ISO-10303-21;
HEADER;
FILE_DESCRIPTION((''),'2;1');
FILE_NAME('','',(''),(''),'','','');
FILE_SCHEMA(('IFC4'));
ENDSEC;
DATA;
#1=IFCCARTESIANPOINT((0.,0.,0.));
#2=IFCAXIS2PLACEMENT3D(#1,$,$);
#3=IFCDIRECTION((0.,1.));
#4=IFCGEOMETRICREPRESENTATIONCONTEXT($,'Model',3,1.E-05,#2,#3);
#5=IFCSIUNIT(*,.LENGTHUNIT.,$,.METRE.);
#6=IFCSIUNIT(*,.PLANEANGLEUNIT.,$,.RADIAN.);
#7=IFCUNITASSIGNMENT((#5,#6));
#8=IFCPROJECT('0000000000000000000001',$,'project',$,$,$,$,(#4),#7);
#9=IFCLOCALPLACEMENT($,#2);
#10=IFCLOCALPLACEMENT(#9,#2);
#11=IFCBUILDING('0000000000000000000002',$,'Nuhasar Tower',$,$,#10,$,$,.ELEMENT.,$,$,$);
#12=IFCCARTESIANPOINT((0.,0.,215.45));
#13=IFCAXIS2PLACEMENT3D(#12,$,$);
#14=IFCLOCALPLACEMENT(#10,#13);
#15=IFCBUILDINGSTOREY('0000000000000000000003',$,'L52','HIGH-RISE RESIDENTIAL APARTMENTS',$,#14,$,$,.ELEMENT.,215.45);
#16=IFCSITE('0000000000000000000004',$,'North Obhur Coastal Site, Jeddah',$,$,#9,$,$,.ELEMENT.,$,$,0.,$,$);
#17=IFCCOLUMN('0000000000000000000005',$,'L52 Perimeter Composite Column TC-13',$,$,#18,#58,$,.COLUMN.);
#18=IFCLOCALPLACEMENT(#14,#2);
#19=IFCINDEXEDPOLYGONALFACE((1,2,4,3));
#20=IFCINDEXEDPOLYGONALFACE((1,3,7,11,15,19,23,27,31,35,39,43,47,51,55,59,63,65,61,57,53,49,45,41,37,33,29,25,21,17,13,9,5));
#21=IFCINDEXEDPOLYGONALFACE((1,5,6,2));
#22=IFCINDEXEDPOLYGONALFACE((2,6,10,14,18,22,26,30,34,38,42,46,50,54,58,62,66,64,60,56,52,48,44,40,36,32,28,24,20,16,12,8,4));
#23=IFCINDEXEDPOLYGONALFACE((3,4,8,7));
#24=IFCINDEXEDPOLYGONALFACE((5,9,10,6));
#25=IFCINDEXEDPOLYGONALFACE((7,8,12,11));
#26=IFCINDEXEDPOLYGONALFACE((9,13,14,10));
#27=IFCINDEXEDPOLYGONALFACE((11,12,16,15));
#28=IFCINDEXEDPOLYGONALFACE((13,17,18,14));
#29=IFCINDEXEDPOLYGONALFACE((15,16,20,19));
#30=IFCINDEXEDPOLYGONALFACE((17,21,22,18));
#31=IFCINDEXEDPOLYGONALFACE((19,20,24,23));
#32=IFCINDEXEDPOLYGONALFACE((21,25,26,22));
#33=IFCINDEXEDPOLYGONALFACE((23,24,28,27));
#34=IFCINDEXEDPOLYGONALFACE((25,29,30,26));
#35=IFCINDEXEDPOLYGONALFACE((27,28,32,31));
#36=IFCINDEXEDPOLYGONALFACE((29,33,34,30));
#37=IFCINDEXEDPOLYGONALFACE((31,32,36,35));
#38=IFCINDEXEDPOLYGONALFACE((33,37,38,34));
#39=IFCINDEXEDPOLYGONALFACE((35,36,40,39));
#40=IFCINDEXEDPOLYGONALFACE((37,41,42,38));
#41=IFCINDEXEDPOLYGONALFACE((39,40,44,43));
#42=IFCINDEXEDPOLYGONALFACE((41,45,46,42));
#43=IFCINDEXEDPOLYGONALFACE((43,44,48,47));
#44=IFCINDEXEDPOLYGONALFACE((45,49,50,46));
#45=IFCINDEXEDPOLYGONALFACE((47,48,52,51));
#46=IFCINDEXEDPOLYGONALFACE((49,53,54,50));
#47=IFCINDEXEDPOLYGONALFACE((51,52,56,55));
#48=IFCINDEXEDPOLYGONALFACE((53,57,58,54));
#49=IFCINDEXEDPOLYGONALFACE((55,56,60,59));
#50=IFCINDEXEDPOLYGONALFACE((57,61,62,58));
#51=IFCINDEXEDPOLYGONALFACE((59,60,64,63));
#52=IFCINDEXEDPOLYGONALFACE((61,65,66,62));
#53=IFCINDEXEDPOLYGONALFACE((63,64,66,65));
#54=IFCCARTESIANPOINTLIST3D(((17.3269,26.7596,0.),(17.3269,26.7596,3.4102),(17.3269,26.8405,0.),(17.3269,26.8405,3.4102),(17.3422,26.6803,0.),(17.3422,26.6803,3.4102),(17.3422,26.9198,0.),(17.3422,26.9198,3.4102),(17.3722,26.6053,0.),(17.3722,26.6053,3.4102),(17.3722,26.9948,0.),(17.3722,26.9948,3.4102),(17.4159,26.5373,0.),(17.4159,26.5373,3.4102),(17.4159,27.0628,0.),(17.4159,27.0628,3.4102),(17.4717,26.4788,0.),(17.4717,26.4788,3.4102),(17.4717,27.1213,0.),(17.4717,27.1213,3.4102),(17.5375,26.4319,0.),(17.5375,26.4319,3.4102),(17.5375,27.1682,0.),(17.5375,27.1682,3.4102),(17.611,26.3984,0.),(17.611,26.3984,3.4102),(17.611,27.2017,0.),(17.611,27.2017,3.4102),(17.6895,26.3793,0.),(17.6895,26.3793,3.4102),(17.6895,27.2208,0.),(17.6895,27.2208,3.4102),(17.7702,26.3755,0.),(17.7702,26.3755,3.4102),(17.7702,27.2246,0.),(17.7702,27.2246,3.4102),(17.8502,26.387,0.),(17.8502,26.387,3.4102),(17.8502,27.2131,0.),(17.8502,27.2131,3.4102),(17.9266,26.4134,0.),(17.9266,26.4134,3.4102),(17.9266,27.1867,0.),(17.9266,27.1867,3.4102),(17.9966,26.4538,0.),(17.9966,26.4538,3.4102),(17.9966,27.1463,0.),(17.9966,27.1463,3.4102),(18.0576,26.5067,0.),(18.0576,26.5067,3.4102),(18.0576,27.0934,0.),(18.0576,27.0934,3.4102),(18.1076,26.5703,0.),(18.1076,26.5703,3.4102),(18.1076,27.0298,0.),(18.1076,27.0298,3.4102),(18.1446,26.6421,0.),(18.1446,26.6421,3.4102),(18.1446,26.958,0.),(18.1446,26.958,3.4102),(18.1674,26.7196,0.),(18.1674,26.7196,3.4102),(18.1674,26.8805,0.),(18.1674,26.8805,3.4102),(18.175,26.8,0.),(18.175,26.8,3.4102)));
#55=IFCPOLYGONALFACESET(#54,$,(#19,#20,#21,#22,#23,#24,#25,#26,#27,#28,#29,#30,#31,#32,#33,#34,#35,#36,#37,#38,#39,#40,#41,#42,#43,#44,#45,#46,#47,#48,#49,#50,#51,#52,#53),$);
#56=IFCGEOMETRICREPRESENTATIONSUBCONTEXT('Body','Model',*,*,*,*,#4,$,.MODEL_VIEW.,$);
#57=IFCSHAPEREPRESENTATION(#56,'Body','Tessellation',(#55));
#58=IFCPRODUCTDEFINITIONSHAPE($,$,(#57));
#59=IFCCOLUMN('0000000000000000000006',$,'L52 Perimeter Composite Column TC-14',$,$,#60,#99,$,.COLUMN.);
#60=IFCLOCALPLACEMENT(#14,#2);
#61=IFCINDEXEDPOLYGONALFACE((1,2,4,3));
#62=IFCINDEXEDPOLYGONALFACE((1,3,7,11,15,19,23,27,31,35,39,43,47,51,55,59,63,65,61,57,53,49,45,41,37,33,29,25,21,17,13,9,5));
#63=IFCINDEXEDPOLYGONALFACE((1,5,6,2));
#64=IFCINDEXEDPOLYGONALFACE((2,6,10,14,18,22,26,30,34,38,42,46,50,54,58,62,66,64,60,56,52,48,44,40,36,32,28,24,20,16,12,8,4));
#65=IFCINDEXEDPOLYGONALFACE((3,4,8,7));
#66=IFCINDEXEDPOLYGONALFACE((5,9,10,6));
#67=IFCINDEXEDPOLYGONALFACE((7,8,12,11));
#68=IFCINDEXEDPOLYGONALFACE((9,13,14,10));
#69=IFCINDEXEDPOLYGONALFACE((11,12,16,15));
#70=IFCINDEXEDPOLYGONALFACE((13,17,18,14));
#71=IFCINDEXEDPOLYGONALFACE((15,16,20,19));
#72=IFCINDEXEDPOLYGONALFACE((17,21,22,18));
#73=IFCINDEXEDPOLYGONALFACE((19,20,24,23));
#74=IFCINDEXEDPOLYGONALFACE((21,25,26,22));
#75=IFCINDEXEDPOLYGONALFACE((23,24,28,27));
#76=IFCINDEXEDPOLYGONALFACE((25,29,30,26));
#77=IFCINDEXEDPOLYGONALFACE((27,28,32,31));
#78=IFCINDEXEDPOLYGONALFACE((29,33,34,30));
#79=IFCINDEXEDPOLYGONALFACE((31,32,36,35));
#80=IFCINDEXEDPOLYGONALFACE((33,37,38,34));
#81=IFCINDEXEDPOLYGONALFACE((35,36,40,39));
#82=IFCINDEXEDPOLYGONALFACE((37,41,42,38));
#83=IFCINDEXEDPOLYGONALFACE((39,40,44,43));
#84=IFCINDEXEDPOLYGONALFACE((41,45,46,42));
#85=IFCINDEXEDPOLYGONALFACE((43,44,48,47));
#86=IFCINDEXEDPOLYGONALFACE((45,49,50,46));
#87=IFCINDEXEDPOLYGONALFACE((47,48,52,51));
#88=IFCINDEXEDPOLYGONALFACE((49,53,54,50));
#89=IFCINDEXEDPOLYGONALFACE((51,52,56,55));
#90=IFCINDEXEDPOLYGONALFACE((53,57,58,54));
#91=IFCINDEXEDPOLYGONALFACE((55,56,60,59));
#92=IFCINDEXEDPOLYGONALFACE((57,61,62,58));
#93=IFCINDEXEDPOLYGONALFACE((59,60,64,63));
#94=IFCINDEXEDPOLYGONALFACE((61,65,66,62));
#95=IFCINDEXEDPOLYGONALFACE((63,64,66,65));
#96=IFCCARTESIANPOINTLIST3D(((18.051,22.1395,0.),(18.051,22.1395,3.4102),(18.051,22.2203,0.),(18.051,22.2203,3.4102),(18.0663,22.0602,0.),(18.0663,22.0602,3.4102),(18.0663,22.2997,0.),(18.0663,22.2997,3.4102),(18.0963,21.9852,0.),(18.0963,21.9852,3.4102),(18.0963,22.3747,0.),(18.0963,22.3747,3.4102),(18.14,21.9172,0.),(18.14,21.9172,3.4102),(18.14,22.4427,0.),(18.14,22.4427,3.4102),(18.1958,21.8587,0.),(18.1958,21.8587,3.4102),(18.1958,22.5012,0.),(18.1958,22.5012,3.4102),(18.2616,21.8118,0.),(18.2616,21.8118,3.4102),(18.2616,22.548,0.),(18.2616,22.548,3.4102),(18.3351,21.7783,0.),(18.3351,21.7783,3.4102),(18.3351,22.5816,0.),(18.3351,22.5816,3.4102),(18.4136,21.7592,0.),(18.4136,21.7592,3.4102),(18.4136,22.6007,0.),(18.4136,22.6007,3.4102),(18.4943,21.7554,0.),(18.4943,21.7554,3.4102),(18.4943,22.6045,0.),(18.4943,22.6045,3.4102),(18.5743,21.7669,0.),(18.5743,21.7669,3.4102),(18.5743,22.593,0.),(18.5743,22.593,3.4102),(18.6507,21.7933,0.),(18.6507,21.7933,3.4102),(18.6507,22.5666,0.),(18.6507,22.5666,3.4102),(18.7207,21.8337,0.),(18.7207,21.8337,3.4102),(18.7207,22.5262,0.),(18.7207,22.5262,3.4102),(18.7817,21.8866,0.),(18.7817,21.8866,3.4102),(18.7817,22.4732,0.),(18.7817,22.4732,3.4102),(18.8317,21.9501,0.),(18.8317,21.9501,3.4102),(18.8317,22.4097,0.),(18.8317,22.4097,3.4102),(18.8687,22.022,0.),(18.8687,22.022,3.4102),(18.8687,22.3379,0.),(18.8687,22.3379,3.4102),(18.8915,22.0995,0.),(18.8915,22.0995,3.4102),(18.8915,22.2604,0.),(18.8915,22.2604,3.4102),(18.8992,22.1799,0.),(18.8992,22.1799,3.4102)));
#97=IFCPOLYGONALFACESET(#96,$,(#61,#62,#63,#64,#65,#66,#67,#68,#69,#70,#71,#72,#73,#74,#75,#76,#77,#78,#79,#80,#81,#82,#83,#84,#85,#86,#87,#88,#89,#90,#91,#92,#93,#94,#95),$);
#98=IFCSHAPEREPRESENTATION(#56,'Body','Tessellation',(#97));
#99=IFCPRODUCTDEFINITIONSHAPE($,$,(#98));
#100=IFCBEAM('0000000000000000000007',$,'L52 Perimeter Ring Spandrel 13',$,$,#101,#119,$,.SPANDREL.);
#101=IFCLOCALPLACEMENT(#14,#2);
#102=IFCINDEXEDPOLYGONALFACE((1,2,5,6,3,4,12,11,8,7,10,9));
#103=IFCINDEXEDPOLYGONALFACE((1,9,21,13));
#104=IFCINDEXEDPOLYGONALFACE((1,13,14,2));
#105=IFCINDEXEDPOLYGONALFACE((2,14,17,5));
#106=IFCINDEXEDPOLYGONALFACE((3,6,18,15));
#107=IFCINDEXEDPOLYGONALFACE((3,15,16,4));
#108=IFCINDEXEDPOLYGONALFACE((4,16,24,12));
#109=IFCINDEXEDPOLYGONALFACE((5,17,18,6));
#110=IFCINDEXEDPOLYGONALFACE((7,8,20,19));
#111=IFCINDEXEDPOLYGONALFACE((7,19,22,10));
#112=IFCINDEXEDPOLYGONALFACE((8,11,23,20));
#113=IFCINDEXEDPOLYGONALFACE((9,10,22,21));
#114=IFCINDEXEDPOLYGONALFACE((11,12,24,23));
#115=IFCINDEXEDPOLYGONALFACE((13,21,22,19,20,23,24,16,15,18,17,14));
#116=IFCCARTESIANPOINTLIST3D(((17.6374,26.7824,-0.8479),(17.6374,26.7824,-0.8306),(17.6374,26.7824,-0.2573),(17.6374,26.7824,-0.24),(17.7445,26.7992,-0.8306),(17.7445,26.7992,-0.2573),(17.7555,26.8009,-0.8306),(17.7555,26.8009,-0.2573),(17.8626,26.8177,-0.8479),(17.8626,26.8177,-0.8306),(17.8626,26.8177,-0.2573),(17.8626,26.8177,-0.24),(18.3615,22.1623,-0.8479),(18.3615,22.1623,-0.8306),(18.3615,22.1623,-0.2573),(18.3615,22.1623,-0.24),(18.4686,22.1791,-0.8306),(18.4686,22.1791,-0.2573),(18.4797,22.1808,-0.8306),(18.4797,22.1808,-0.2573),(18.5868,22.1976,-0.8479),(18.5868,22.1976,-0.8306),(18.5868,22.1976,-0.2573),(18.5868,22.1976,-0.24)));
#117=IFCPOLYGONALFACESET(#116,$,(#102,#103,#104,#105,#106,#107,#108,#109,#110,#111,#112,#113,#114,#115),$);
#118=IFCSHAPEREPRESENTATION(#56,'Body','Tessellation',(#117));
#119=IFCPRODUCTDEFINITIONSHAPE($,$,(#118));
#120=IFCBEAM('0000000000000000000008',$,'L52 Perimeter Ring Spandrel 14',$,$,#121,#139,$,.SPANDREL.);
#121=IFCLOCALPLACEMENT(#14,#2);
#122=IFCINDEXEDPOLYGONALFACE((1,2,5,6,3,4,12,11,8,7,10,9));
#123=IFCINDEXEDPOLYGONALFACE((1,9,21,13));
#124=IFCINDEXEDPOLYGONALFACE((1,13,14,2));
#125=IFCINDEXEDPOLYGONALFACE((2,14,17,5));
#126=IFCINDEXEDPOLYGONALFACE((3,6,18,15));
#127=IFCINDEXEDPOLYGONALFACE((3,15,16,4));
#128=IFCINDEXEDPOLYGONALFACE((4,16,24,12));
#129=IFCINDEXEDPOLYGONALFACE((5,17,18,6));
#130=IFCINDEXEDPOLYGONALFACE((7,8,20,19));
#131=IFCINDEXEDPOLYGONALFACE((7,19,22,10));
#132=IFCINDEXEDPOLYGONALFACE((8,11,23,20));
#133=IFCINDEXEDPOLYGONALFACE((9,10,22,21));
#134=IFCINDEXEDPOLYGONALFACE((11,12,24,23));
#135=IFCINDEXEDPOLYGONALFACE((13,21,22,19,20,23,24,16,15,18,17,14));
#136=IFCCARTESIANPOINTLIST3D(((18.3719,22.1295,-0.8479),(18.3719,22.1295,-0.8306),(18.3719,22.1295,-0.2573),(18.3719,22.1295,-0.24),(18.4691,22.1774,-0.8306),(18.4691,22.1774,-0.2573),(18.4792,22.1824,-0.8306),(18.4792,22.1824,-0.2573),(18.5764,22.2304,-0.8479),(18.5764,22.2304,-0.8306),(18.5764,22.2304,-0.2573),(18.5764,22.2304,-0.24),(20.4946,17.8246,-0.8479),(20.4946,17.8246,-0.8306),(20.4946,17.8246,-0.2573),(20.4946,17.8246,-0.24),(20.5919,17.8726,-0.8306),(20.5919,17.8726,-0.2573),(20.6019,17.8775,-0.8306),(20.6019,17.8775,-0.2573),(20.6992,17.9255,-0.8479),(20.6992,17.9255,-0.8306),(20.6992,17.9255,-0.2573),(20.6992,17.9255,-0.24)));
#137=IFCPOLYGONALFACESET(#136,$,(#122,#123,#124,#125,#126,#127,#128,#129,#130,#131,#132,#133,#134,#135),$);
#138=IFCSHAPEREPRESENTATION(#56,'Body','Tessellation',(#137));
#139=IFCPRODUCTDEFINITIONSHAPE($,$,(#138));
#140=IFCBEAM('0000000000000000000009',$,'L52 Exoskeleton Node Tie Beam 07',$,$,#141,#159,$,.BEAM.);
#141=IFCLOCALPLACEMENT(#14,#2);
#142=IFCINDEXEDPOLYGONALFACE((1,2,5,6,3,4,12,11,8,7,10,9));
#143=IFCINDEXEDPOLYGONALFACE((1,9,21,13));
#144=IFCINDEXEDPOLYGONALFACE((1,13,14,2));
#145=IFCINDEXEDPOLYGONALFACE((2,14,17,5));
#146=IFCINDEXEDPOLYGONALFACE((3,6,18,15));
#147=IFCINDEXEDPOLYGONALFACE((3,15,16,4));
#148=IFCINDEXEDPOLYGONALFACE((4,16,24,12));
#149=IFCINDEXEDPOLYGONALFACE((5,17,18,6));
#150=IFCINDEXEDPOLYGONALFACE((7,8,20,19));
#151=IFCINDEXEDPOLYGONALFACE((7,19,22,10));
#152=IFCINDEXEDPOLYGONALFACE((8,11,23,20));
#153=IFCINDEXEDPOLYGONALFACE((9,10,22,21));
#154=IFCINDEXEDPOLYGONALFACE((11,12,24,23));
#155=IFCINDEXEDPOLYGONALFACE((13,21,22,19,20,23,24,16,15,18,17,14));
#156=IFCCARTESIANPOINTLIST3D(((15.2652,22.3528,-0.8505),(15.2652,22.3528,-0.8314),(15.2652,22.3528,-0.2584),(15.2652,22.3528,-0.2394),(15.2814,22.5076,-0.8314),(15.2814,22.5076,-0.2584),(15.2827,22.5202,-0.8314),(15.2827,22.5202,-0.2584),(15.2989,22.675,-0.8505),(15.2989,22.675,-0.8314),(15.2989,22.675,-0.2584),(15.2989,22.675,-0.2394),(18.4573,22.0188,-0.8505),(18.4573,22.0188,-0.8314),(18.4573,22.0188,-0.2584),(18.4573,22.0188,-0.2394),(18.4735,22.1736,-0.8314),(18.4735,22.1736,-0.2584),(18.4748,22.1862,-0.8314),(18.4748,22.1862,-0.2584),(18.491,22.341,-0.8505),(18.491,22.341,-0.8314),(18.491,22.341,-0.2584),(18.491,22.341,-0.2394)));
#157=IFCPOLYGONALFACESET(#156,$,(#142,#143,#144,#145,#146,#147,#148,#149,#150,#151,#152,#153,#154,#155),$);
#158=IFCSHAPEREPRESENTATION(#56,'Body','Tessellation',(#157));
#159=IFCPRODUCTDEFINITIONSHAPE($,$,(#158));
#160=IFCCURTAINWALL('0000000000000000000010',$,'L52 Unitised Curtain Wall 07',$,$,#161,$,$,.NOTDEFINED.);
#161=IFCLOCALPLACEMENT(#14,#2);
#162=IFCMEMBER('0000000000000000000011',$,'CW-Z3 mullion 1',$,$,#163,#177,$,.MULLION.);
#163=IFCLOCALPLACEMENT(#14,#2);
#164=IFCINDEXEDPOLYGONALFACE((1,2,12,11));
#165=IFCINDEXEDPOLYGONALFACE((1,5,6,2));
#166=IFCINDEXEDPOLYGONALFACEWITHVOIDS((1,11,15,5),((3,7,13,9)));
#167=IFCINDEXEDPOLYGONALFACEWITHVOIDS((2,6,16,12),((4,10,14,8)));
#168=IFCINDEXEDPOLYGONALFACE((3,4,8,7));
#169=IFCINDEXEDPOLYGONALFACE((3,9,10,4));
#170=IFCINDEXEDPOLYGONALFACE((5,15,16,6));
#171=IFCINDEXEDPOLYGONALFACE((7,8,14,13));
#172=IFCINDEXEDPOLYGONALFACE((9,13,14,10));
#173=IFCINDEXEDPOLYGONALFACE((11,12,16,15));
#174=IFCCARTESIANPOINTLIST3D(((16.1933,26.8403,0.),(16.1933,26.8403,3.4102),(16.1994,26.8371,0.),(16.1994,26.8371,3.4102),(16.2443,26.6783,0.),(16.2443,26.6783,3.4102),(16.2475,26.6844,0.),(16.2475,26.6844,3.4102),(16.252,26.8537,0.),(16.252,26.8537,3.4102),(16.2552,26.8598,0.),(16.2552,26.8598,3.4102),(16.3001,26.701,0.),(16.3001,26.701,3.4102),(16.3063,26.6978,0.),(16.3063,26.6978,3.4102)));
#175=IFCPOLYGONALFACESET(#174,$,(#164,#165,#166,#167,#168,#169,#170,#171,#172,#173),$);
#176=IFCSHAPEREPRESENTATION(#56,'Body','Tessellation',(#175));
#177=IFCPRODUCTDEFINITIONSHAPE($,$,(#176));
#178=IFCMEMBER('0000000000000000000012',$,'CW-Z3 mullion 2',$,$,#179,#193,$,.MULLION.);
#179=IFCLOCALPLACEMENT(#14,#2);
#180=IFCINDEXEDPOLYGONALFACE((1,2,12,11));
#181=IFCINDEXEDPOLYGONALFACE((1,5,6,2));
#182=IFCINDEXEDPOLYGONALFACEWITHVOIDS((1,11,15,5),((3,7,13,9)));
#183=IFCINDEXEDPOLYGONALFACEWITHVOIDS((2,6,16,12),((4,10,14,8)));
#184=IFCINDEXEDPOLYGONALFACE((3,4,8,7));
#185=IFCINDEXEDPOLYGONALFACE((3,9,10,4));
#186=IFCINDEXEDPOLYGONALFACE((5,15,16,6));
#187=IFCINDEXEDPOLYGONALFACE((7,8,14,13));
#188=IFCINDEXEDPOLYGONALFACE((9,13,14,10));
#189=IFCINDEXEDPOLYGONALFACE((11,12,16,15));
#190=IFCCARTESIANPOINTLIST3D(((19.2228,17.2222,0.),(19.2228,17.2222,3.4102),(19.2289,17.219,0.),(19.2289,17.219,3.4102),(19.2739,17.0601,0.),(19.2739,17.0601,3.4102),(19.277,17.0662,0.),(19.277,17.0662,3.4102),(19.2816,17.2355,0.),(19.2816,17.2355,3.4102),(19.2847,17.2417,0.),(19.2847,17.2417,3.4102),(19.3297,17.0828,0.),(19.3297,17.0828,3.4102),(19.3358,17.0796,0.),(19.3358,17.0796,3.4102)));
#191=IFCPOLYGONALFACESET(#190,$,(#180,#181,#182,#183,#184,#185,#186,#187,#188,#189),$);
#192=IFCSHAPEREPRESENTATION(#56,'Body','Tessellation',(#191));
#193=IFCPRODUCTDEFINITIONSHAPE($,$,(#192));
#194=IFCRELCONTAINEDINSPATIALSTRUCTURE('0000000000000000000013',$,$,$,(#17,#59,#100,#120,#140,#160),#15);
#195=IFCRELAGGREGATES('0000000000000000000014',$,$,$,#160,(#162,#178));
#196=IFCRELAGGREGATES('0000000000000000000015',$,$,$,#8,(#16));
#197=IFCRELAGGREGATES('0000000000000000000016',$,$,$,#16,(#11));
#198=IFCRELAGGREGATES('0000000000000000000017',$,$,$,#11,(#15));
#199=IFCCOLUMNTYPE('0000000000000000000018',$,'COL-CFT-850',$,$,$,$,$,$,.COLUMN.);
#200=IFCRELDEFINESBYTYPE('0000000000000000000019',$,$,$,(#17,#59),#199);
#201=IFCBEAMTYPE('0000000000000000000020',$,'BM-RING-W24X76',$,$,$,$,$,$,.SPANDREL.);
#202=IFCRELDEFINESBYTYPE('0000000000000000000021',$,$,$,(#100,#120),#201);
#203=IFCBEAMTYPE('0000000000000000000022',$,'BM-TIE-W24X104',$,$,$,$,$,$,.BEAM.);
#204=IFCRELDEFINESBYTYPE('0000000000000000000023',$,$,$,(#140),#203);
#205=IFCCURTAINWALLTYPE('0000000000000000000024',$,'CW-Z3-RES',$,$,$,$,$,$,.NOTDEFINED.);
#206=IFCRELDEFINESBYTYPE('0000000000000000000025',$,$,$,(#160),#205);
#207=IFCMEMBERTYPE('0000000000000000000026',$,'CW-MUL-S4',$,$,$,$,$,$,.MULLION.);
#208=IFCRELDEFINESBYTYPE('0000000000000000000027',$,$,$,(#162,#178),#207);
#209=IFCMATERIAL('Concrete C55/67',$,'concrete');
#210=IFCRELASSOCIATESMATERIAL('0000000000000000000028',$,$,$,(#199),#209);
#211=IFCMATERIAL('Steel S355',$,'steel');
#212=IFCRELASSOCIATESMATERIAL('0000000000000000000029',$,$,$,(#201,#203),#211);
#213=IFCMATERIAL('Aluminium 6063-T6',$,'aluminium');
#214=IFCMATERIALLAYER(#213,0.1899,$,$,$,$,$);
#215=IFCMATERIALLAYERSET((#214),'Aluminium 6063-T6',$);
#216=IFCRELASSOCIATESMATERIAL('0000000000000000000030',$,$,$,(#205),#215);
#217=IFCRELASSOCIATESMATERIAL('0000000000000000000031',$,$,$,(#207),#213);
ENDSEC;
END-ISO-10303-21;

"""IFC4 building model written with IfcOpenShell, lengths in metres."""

from ifc_helpers import new_model, si_unit, direction, frame, origin, origin_2d, place, context, subcontext, project, spatial, hollow_rectangle, circle, i_section, extrude, material, layer, layer_set, material_profile, profile_set, type_object, element, aggregate, save


model = new_model("IFC4")

# Units and contexts
model_context = context("Model", 3, precision=1e-05, world=origin(), true_north=direction((0.0, 1.0)))
body_context = subcontext(model_context, "Body", "Model", "MODEL_VIEW")
ifc_project = project(units=[si_unit("LENGTHUNIT", "METRE"), si_unit("PLANEANGLEUNIT", "RADIAN")], contexts=[model_context])

# Site, building, storey
site_placement = place(None, origin())
site = spatial("IfcSite", under=ifc_project, at=site_placement, Name="North Obhur Coastal Site, Jeddah", CompositionType="ELEMENT", RefElevation=0.0)
building_placement = place(site_placement, origin())
building = spatial("IfcBuilding", under=site, at=building_placement, Name="Nuhasar Tower", CompositionType="ELEMENT")
storey_placement = place(building_placement, frame((0.0, 0.0, 215.45)))
storey = spatial("IfcBuildingStorey", under=building, at=storey_placement, Name="L52", Description="HIGH-RISE RESIDENTIAL APARTMENTS", CompositionType="ELEMENT", Elevation=215.45)

# Columns
ifc_material_1 = material(Name="Concrete C55/67", Category="concrete")
ifc_material_profile_1 = material_profile(ifc_material_1, circle(Radius=0.425, at=origin_2d()), Name="CFT850")
ifc_profile_set_1 = profile_set([ifc_material_profile_1], Name="Concrete C55/67")
column_type = type_object("IfcColumnType", Name="COL-CFT-850", PredefinedType="COLUMN", material=ifc_profile_set_1)
for number, where, z_axis, x_axis, name in (
    (1, (17.75, 26.8, 0.0), (0.0, 0.0, 1.0), (1.0, 0.0, 0.0), "L52 Perimeter Composite Column TC-13"),
    (2, (18.4741, 22.1799, 0.0), (0.0, 0.0, 1.0), (1.0, 0.0, 0.0), "L52 Perimeter Composite Column TC-14"),
):
    element("IfcColumn", number, at=place(storey_placement, frame(where, z_axis=z_axis, x_axis=x_axis)), inside=storey, type_object=column_type, Name=name, PredefinedType="COLUMN", context=body_context, shape_type="SweptSolid", body=[
        extrude(circle(Radius=0.425, at=origin_2d()), origin(), (0.0, 0.0, 1.0), 3.4102),
    ])

# Beams
ifc_material_2 = material(Name="Steel S355", Category="steel")
ifc_material_profile_2 = material_profile(ifc_material_2, i_section(OverallWidth=0.228, OverallDepth=0.6079, WebThickness=0.0112, FlangeThickness=0.0173, at=origin_2d()), Name="W24X76")
ifc_profile_set_2 = profile_set([ifc_material_profile_2], Name="Steel S355")
beam_type_1 = type_object("IfcBeamType", Name="BM-RING-W24X76", PredefinedType="SPANDREL", material=ifc_profile_set_2)
beam_1_placement = place(storey_placement, frame((17.75, 26.8, -0.5439), z_axis=(0.154842, -0.987939, 0.0), x_axis=(0.987939, 0.154842, 0.0)))
element("IfcBeam", 3, at=beam_1_placement, inside=storey, type_object=beam_type_1, Name="L52 Perimeter Ring Spandrel 13", PredefinedType="SPANDREL", context=body_context, shape_type="SweptSolid", body=[
    extrude(i_section(OverallWidth=0.228, OverallDepth=0.6079, WebThickness=0.0112, FlangeThickness=0.0173, at=origin_2d()), origin(), (0.0, 0.0, 1.0), 4.6765),
])
beam_2_placement = place(storey_placement, frame((18.4741, 22.1799, -0.5439), z_axis=(0.442263, -0.896886, 0.0), x_axis=(0.896886, 0.442263, 0.0)))
element("IfcBeam", 4, at=beam_2_placement, inside=storey, type_object=beam_type_1, Name="L52 Perimeter Ring Spandrel 14", PredefinedType="SPANDREL", context=body_context, shape_type="SweptSolid", body=[
    extrude(i_section(OverallWidth=0.228, OverallDepth=0.6079, WebThickness=0.0112, FlangeThickness=0.0173, at=origin_2d()), origin(), (0.0, 0.0, 1.0), 4.7998),
])
ifc_material_profile_3 = material_profile(ifc_material_2, i_section(OverallWidth=0.324, OverallDepth=0.6111, WebThickness=0.0127, FlangeThickness=0.019, at=origin_2d()), Name="W24X104")
ifc_profile_set_3 = profile_set([ifc_material_profile_3], Name="Steel S355")
beam_type_2 = type_object("IfcBeamType", Name="BM-TIE-W24X104", PredefinedType="BEAM", material=ifc_profile_set_3)
beam_3_placement = place(storey_placement, frame((18.4741, 22.1799, -0.5449), z_axis=(-0.994571, 0.104059, 0.0), x_axis=(-0.104059, -0.994571, 0.0)))
element("IfcBeam", 5, at=beam_3_placement, inside=storey, type_object=beam_type_2, Name="L52 Exoskeleton Node Tie Beam 07", PredefinedType="BEAM", context=body_context, shape_type="SweptSolid", body=[
    extrude(i_section(OverallWidth=0.324, OverallDepth=0.6111, WebThickness=0.0127, FlangeThickness=0.019, at=origin_2d()), origin(), (0.0, 0.0, 1.0), 3.2095),
])

# Curtain wall, members
ifc_material_3 = material(Name="Aluminium 6063-T6", Category="aluminium")
ifc_layer_1 = layer(ifc_material_3, 0.1899)
ifc_layer_set_1 = layer_set([ifc_layer_1], Name="Aluminium 6063-T6")
curtain_wall_type = type_object("IfcCurtainWallType", Name="CW-Z3-RES", PredefinedType="NOTDEFINED", material=ifc_layer_set_1)
curtain_wall_1_placement = place(storey_placement, origin())
curtain_wall_1 = element("IfcCurtainWall", 6, at=curtain_wall_1_placement, inside=storey, type_object=curtain_wall_type, Name="L52 Unitised Curtain Wall 07", PredefinedType="NOTDEFINED")
ifc_material_profile_4 = material_profile(ifc_material_3, hollow_rectangle(XDim=0.0649, YDim=0.1699, WallThickness=0.0049, at=origin_2d()), Name="CWM-4")
ifc_profile_set_4 = profile_set([ifc_material_profile_4], Name="Aluminium 6063-T6")
member_type_1 = type_object("IfcMemberType", Name="CW-MUL-S4", PredefinedType="MULLION", material=ifc_profile_set_4)
member_1_placement = place(storey_placement, frame((16.2498, 26.769, 0.0), z_axis=(0.0, 0.0, 1.0), x_axis=(0.953804, 0.300429, 0.0)))
member_1 = element("IfcMember", 7, at=member_1_placement, type_object=member_type_1, Name="CW-Z3 mullion 1", PredefinedType="MULLION", context=body_context, shape_type="SweptSolid", body=[
    extrude(hollow_rectangle(XDim=0.0649, YDim=0.1699, WallThickness=0.0049, at=origin_2d()), origin(), (0.0, 0.0, 1.0), 3.4102),
])
member_2_placement = place(storey_placement, frame((19.2793, 17.1509, 0.0), z_axis=(0.0, 0.0, 1.0), x_axis=(0.953804, 0.300429, 0.0)))
member_2 = element("IfcMember", 8, at=member_2_placement, type_object=member_type_1, Name="CW-Z3 mullion 2", PredefinedType="MULLION", context=body_context, shape_type="SweptSolid", body=[
    extrude(hollow_rectangle(XDim=0.0649, YDim=0.1699, WallThickness=0.0049, at=origin_2d()), origin(), (0.0, 0.0, 1.0), 3.4102),
])

aggregate(curtain_wall_1, [member_1, member_2])

save(model, "model.ifc")
